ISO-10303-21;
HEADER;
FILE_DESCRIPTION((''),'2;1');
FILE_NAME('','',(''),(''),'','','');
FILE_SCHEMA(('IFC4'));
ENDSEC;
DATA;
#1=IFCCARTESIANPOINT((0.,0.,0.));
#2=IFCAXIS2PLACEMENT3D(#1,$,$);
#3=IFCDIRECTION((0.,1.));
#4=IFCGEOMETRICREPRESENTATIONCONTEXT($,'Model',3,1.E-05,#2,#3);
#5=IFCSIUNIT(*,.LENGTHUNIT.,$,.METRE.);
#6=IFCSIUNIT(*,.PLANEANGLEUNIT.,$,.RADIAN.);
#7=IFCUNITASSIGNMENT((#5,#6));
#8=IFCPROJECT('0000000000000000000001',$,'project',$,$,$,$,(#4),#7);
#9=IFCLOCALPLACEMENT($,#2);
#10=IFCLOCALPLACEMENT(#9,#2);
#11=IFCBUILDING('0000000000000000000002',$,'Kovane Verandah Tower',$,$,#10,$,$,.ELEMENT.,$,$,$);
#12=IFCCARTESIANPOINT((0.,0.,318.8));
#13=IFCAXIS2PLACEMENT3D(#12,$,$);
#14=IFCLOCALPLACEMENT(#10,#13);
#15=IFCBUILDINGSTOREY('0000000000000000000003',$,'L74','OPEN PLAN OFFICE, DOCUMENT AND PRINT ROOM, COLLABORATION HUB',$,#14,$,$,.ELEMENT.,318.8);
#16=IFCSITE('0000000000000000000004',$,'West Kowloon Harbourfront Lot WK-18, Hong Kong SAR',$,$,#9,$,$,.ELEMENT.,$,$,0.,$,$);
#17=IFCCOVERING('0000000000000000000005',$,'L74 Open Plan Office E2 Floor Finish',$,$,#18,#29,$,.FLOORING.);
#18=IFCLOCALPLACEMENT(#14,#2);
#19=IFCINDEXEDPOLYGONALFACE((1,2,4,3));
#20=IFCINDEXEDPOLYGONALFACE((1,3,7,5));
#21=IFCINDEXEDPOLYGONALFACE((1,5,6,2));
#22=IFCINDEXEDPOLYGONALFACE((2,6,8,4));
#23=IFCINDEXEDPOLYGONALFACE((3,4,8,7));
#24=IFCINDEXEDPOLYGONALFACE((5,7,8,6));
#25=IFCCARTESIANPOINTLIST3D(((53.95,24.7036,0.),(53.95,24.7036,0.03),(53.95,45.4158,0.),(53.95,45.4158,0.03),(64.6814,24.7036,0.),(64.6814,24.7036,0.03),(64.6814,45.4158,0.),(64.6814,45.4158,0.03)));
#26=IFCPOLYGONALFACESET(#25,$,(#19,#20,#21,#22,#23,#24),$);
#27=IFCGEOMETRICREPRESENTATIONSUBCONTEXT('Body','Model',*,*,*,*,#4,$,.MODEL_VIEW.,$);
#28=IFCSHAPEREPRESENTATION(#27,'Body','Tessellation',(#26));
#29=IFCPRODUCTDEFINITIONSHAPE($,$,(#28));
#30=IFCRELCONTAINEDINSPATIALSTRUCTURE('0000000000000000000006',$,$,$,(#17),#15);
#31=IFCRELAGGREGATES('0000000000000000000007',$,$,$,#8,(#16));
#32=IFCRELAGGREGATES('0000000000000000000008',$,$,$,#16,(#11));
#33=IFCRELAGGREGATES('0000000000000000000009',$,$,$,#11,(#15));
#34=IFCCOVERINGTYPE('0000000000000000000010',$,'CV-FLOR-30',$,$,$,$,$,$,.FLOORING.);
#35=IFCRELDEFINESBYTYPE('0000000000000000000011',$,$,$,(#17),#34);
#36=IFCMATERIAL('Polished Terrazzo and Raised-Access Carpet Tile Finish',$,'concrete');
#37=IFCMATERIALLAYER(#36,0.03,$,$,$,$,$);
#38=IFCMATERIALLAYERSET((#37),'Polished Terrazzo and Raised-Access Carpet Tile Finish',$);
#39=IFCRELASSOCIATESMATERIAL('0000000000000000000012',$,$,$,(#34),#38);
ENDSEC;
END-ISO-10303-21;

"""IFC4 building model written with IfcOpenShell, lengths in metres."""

from ifc_helpers import new_model, si_unit, direction, frame, origin, place, context, subcontext, project, spatial, polyline, outline, extrude, material, layer, layer_set, type_object, element, save


model = new_model("IFC4")

# Units and contexts
model_context = context("Model", 3, precision=1e-05, world=origin(), true_north=direction((0.0, 1.0)))
body_context = subcontext(model_context, "Body", "Model", "MODEL_VIEW")
ifc_project = project(units=[si_unit("LENGTHUNIT", "METRE"), si_unit("PLANEANGLEUNIT", "RADIAN")], contexts=[model_context])

# Site, building, storey
site_placement = place(None, origin())
site = spatial("IfcSite", under=ifc_project, at=site_placement, Name="West Kowloon Harbourfront Lot WK-18, Hong Kong SAR", CompositionType="ELEMENT", RefElevation=0.0)
building_placement = place(site_placement, origin())
building = spatial("IfcBuilding", under=site, at=building_placement, Name="Kovane Verandah Tower", CompositionType="ELEMENT")
storey_placement = place(building_placement, frame((0.0, 0.0, 318.8)))
storey = spatial("IfcBuildingStorey", under=building, at=storey_placement, Name="L74", Description="OPEN PLAN OFFICE, DOCUMENT AND PRINT ROOM, COLLABORATION HUB", CompositionType="ELEMENT", Elevation=318.8)

# Covering
ifc_material_1 = material(Name="Polished Terrazzo and Raised-Access Carpet Tile Finish", Category="concrete")
ifc_layer_1 = layer(ifc_material_1, 0.03)
ifc_layer_set_1 = layer_set([ifc_layer_1], Name="Polished Terrazzo and Raised-Access Carpet Tile Finish")
covering_type_1 = type_object("IfcCoveringType", Name="CV-FLOR-30", PredefinedType="FLOORING", material=ifc_layer_set_1)
covering_1_placement = place(storey_placement, origin())
element("IfcCovering", 1, at=covering_1_placement, inside=storey, type_object=covering_type_1, Name="L74 Open Plan Office E2 Floor Finish", PredefinedType="FLOORING", context=body_context, shape_type="SweptSolid", body=[
    extrude(outline(polyline([(53.95, 24.7036), (64.6814, 24.7036), (64.6814, 45.4158), (53.95, 45.4158), (53.95, 24.7036)])), origin(), (0.0, 0.0, 1.0), 0.03),
])

save(model, "model.ifc")
